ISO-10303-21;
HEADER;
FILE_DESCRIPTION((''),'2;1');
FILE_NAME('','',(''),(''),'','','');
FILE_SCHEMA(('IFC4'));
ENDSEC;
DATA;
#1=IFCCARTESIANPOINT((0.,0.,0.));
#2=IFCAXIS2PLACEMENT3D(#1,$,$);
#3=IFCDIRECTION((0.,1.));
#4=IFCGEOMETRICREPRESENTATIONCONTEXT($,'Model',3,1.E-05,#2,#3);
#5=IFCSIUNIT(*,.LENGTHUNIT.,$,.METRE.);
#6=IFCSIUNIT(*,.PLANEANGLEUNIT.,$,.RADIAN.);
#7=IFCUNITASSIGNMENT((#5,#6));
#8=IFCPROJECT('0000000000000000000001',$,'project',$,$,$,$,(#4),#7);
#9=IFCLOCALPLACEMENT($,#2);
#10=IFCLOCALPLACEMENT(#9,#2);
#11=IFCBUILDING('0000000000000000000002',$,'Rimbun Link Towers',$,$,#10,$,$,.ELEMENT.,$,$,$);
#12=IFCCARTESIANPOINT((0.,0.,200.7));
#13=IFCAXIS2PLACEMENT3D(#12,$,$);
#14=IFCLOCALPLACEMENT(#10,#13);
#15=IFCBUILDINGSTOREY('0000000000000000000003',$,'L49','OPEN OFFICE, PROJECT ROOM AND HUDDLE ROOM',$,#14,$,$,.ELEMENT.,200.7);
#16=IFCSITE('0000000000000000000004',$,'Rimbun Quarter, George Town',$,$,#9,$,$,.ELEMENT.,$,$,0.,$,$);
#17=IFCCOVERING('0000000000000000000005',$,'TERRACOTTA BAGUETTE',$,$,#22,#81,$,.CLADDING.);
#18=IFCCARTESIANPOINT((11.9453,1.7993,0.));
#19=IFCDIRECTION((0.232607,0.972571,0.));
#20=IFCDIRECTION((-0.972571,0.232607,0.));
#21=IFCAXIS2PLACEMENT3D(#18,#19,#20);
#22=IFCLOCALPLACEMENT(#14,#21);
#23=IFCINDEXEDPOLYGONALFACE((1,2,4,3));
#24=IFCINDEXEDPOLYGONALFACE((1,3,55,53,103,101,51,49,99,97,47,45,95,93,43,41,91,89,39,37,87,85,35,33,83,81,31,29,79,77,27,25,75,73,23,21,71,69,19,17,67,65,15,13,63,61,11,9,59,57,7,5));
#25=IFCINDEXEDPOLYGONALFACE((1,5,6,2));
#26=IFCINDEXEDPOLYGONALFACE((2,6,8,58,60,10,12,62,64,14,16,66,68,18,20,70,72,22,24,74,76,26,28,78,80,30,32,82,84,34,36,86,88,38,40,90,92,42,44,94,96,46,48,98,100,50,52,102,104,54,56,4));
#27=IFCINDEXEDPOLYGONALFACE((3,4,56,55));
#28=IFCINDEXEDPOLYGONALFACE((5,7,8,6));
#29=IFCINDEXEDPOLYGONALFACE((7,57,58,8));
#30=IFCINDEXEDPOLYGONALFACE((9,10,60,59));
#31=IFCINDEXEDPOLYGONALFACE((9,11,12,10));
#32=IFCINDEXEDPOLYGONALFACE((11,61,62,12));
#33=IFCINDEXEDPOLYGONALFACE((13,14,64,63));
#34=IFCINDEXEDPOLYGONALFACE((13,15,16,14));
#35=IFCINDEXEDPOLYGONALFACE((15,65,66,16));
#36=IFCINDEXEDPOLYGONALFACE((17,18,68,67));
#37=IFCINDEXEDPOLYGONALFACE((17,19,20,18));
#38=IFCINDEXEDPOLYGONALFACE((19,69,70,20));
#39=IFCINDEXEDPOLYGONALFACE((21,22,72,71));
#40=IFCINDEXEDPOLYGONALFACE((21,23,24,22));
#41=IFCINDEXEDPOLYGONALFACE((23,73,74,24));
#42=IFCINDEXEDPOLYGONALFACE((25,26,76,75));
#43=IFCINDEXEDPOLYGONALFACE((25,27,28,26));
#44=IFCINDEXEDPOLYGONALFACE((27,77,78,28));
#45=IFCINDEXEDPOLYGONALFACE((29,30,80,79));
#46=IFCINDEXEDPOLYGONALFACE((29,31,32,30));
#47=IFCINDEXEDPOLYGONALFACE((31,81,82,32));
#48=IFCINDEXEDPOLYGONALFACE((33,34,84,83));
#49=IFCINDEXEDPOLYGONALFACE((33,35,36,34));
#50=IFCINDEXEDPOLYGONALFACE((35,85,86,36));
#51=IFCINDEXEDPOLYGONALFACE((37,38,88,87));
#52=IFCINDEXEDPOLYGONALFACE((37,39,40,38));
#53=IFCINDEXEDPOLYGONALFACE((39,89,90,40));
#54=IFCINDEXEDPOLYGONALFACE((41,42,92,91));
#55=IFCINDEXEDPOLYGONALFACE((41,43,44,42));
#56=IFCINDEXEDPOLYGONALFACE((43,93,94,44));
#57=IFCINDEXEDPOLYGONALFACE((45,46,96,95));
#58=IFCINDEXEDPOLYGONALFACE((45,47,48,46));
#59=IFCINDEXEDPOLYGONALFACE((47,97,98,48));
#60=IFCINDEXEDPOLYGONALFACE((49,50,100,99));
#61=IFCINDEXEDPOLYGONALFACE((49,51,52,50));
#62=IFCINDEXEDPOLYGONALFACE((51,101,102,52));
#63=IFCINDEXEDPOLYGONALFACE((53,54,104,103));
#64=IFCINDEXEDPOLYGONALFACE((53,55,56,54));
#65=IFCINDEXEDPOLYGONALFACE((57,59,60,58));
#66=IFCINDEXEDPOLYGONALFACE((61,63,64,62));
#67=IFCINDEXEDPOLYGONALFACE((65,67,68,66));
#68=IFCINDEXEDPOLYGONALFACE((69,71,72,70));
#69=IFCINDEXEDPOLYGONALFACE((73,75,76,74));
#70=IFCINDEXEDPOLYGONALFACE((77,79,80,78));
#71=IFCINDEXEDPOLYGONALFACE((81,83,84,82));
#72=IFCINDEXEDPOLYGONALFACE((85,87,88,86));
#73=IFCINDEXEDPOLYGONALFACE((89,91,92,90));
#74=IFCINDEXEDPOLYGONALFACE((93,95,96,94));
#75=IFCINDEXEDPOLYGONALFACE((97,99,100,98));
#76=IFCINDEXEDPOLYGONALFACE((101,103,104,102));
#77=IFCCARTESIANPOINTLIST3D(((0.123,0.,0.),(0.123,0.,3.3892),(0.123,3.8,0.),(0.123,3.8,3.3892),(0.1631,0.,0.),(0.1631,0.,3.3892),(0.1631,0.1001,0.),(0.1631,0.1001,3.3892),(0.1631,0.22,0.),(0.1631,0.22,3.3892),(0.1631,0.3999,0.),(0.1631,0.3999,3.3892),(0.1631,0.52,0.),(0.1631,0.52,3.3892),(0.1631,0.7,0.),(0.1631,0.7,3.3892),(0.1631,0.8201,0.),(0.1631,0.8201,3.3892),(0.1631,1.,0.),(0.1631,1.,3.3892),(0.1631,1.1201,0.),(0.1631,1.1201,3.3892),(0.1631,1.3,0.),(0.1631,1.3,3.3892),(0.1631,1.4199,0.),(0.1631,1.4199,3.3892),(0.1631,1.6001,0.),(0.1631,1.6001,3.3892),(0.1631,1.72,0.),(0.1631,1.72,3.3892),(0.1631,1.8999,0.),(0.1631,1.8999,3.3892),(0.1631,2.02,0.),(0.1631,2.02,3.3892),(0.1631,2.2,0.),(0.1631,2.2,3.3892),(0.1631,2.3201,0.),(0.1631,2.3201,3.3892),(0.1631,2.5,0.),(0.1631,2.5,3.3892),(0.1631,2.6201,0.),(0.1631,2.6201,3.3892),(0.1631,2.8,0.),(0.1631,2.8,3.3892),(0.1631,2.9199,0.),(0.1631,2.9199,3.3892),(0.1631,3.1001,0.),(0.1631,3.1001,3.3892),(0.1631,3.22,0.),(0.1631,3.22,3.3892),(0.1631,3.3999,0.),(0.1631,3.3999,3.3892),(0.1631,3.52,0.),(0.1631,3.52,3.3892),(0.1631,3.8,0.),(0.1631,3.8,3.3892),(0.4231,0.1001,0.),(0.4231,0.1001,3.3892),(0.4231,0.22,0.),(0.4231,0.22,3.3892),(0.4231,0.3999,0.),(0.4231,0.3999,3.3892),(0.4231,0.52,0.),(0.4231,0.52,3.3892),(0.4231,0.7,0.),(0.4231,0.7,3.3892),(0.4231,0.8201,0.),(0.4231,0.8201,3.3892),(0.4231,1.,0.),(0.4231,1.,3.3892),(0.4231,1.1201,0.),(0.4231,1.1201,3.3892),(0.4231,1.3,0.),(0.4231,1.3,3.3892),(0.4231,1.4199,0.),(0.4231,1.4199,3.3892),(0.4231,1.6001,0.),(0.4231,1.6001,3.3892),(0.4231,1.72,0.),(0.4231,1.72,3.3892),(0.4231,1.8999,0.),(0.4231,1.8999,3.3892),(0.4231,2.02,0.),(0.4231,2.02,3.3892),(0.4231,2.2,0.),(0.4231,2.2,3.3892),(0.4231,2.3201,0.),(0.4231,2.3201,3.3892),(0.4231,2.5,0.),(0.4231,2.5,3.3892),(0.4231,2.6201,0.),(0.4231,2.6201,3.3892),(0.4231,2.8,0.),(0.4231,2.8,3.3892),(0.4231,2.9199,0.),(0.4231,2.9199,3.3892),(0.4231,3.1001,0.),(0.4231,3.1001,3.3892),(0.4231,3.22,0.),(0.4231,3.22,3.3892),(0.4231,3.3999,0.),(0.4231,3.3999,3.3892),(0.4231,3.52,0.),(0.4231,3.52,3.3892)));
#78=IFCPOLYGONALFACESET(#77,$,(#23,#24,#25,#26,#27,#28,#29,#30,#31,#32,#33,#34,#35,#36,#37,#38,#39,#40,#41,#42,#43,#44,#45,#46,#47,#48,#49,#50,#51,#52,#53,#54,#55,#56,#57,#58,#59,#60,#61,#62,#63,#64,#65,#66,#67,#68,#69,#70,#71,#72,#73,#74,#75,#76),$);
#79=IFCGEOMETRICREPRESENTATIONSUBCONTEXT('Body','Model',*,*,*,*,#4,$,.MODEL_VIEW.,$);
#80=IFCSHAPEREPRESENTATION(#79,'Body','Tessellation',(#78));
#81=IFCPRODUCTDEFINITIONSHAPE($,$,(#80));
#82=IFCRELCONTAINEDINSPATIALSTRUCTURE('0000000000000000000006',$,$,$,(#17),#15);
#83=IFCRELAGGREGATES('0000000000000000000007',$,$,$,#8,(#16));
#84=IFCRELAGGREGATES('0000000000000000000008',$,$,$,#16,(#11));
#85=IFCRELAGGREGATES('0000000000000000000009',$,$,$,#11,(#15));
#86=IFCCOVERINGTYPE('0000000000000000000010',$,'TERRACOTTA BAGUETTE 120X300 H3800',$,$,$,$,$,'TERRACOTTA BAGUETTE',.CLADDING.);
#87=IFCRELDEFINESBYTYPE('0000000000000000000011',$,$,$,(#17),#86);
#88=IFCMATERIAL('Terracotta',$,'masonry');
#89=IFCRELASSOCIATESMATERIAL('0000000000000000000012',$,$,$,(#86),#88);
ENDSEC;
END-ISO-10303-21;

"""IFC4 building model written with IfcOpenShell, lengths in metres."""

from ifc_helpers import new_model, si_unit, direction, frame, origin, place, context, subcontext, project, spatial, polyline, outline, extrude, material, material_profile, profile_set, type_object, element, save


model = new_model("IFC4")

# Units and contexts
model_context = context("Model", 3, precision=1e-05, world=origin(), true_north=direction((0.0, 1.0)))
body_context = subcontext(model_context, "Body", "Model", "MODEL_VIEW")
ifc_project = project(units=[si_unit("LENGTHUNIT", "METRE"), si_unit("PLANEANGLEUNIT", "RADIAN")], contexts=[model_context])

# Site, building, storey
site_placement = place(None, origin())
site = spatial("IfcSite", under=ifc_project, at=site_placement, Name="Rimbun Quarter, George Town", CompositionType="ELEMENT", RefElevation=0.0)
building_placement = place(site_placement, origin())
building = spatial("IfcBuilding", under=site, at=building_placement, Name="Rimbun Link Towers", CompositionType="ELEMENT")
storey_placement = place(building_placement, frame((0.0, 0.0, 200.7)))
storey = spatial("IfcBuildingStorey", under=building, at=storey_placement, Name="L49", Description="OPEN OFFICE, PROJECT ROOM AND HUDDLE ROOM", CompositionType="ELEMENT", Elevation=200.7)

# Covering
ifc_material_1 = material(Name="Terracotta", Category="masonry")
ifc_material_profile_1 = material_profile(ifc_material_1, outline(polyline([(0.123, 0.0), (0.1631, 0.0), (0.1631, 0.1001), (0.4231, 0.1001), (0.4231, 0.22), (0.1631, 0.22), (0.1631, 0.3999), (0.4231, 0.3999), (0.4231, 0.52), (0.1631, 0.52), (0.1631, 0.7), (0.4231, 0.7), (0.4231, 0.8201), (0.1631, 0.8201), (0.1631, 1.0), (0.4231, 1.0), (0.4231, 1.1201), (0.1631, 1.1201), (0.1631, 1.3), (0.4231, 1.3), (0.4231, 1.4199), (0.1631, 1.4199), (0.1631, 1.6001), (0.4231, 1.6001), (0.4231, 1.72), (0.1631, 1.72), (0.1631, 1.8999), (0.4231, 1.8999), (0.4231, 2.02), (0.1631, 2.02), (0.1631, 2.2), (0.4231, 2.2), (0.4231, 2.3201), (0.1631, 2.3201), (0.1631, 2.5), (0.4231, 2.5), (0.4231, 2.6201), (0.1631, 2.6201), (0.1631, 2.8), (0.4231, 2.8), (0.4231, 2.9199), (0.1631, 2.9199), (0.1631, 3.1001), (0.4231, 3.1001), (0.4231, 3.22), (0.1631, 3.22), (0.1631, 3.3999), (0.4231, 3.3999), (0.4231, 3.52), (0.1631, 3.52), (0.1631, 3.8), (0.123, 3.8), (0.123, 0.0)])), Name="BAGUETTE 120X300")
ifc_profile_set_1 = profile_set([ifc_material_profile_1], Name="Terracotta")
covering_type_1 = type_object("IfcCoveringType", Name="TERRACOTTA BAGUETTE 120X300 H3800", ElementType="TERRACOTTA BAGUETTE", PredefinedType="CLADDING", material=ifc_profile_set_1)
covering_1_placement = place(storey_placement, frame((11.9453, 1.7993, 0.0), z_axis=(0.232607, 0.972571, 0.0), x_axis=(-0.972571, 0.232607, 0.0)))
element("IfcCovering", 1, at=covering_1_placement, inside=storey, type_object=covering_type_1, Name="TERRACOTTA BAGUETTE", PredefinedType="CLADDING", context=body_context, shape_type="SweptSolid", body=[
    extrude(outline(polyline([(0.123, 0.0), (0.1631, 0.0), (0.1631, 0.1001), (0.4231, 0.1001), (0.4231, 0.22), (0.1631, 0.22), (0.1631, 0.3999), (0.4231, 0.3999), (0.4231, 0.52), (0.1631, 0.52), (0.1631, 0.7), (0.4231, 0.7), (0.4231, 0.8201), (0.1631, 0.8201), (0.1631, 1.0), (0.4231, 1.0), (0.4231, 1.1201), (0.1631, 1.1201), (0.1631, 1.3), (0.4231, 1.3), (0.4231, 1.4199), (0.1631, 1.4199), (0.1631, 1.6001), (0.4231, 1.6001), (0.4231, 1.72), (0.1631, 1.72), (0.1631, 1.8999), (0.4231, 1.8999), (0.4231, 2.02), (0.1631, 2.02), (0.1631, 2.2), (0.4231, 2.2), (0.4231, 2.3201), (0.1631, 2.3201), (0.1631, 2.5), (0.4231, 2.5), (0.4231, 2.6201), (0.1631, 2.6201), (0.1631, 2.8), (0.4231, 2.8), (0.4231, 2.9199), (0.1631, 2.9199), (0.1631, 3.1001), (0.4231, 3.1001), (0.4231, 3.22), (0.1631, 3.22), (0.1631, 3.3999), (0.4231, 3.3999), (0.4231, 3.52), (0.1631, 3.52), (0.1631, 3.8), (0.123, 3.8), (0.123, 0.0)])), origin(), (0.0, 0.0, 1.0), 3.3892),
])

save(model, "model.ifc")
